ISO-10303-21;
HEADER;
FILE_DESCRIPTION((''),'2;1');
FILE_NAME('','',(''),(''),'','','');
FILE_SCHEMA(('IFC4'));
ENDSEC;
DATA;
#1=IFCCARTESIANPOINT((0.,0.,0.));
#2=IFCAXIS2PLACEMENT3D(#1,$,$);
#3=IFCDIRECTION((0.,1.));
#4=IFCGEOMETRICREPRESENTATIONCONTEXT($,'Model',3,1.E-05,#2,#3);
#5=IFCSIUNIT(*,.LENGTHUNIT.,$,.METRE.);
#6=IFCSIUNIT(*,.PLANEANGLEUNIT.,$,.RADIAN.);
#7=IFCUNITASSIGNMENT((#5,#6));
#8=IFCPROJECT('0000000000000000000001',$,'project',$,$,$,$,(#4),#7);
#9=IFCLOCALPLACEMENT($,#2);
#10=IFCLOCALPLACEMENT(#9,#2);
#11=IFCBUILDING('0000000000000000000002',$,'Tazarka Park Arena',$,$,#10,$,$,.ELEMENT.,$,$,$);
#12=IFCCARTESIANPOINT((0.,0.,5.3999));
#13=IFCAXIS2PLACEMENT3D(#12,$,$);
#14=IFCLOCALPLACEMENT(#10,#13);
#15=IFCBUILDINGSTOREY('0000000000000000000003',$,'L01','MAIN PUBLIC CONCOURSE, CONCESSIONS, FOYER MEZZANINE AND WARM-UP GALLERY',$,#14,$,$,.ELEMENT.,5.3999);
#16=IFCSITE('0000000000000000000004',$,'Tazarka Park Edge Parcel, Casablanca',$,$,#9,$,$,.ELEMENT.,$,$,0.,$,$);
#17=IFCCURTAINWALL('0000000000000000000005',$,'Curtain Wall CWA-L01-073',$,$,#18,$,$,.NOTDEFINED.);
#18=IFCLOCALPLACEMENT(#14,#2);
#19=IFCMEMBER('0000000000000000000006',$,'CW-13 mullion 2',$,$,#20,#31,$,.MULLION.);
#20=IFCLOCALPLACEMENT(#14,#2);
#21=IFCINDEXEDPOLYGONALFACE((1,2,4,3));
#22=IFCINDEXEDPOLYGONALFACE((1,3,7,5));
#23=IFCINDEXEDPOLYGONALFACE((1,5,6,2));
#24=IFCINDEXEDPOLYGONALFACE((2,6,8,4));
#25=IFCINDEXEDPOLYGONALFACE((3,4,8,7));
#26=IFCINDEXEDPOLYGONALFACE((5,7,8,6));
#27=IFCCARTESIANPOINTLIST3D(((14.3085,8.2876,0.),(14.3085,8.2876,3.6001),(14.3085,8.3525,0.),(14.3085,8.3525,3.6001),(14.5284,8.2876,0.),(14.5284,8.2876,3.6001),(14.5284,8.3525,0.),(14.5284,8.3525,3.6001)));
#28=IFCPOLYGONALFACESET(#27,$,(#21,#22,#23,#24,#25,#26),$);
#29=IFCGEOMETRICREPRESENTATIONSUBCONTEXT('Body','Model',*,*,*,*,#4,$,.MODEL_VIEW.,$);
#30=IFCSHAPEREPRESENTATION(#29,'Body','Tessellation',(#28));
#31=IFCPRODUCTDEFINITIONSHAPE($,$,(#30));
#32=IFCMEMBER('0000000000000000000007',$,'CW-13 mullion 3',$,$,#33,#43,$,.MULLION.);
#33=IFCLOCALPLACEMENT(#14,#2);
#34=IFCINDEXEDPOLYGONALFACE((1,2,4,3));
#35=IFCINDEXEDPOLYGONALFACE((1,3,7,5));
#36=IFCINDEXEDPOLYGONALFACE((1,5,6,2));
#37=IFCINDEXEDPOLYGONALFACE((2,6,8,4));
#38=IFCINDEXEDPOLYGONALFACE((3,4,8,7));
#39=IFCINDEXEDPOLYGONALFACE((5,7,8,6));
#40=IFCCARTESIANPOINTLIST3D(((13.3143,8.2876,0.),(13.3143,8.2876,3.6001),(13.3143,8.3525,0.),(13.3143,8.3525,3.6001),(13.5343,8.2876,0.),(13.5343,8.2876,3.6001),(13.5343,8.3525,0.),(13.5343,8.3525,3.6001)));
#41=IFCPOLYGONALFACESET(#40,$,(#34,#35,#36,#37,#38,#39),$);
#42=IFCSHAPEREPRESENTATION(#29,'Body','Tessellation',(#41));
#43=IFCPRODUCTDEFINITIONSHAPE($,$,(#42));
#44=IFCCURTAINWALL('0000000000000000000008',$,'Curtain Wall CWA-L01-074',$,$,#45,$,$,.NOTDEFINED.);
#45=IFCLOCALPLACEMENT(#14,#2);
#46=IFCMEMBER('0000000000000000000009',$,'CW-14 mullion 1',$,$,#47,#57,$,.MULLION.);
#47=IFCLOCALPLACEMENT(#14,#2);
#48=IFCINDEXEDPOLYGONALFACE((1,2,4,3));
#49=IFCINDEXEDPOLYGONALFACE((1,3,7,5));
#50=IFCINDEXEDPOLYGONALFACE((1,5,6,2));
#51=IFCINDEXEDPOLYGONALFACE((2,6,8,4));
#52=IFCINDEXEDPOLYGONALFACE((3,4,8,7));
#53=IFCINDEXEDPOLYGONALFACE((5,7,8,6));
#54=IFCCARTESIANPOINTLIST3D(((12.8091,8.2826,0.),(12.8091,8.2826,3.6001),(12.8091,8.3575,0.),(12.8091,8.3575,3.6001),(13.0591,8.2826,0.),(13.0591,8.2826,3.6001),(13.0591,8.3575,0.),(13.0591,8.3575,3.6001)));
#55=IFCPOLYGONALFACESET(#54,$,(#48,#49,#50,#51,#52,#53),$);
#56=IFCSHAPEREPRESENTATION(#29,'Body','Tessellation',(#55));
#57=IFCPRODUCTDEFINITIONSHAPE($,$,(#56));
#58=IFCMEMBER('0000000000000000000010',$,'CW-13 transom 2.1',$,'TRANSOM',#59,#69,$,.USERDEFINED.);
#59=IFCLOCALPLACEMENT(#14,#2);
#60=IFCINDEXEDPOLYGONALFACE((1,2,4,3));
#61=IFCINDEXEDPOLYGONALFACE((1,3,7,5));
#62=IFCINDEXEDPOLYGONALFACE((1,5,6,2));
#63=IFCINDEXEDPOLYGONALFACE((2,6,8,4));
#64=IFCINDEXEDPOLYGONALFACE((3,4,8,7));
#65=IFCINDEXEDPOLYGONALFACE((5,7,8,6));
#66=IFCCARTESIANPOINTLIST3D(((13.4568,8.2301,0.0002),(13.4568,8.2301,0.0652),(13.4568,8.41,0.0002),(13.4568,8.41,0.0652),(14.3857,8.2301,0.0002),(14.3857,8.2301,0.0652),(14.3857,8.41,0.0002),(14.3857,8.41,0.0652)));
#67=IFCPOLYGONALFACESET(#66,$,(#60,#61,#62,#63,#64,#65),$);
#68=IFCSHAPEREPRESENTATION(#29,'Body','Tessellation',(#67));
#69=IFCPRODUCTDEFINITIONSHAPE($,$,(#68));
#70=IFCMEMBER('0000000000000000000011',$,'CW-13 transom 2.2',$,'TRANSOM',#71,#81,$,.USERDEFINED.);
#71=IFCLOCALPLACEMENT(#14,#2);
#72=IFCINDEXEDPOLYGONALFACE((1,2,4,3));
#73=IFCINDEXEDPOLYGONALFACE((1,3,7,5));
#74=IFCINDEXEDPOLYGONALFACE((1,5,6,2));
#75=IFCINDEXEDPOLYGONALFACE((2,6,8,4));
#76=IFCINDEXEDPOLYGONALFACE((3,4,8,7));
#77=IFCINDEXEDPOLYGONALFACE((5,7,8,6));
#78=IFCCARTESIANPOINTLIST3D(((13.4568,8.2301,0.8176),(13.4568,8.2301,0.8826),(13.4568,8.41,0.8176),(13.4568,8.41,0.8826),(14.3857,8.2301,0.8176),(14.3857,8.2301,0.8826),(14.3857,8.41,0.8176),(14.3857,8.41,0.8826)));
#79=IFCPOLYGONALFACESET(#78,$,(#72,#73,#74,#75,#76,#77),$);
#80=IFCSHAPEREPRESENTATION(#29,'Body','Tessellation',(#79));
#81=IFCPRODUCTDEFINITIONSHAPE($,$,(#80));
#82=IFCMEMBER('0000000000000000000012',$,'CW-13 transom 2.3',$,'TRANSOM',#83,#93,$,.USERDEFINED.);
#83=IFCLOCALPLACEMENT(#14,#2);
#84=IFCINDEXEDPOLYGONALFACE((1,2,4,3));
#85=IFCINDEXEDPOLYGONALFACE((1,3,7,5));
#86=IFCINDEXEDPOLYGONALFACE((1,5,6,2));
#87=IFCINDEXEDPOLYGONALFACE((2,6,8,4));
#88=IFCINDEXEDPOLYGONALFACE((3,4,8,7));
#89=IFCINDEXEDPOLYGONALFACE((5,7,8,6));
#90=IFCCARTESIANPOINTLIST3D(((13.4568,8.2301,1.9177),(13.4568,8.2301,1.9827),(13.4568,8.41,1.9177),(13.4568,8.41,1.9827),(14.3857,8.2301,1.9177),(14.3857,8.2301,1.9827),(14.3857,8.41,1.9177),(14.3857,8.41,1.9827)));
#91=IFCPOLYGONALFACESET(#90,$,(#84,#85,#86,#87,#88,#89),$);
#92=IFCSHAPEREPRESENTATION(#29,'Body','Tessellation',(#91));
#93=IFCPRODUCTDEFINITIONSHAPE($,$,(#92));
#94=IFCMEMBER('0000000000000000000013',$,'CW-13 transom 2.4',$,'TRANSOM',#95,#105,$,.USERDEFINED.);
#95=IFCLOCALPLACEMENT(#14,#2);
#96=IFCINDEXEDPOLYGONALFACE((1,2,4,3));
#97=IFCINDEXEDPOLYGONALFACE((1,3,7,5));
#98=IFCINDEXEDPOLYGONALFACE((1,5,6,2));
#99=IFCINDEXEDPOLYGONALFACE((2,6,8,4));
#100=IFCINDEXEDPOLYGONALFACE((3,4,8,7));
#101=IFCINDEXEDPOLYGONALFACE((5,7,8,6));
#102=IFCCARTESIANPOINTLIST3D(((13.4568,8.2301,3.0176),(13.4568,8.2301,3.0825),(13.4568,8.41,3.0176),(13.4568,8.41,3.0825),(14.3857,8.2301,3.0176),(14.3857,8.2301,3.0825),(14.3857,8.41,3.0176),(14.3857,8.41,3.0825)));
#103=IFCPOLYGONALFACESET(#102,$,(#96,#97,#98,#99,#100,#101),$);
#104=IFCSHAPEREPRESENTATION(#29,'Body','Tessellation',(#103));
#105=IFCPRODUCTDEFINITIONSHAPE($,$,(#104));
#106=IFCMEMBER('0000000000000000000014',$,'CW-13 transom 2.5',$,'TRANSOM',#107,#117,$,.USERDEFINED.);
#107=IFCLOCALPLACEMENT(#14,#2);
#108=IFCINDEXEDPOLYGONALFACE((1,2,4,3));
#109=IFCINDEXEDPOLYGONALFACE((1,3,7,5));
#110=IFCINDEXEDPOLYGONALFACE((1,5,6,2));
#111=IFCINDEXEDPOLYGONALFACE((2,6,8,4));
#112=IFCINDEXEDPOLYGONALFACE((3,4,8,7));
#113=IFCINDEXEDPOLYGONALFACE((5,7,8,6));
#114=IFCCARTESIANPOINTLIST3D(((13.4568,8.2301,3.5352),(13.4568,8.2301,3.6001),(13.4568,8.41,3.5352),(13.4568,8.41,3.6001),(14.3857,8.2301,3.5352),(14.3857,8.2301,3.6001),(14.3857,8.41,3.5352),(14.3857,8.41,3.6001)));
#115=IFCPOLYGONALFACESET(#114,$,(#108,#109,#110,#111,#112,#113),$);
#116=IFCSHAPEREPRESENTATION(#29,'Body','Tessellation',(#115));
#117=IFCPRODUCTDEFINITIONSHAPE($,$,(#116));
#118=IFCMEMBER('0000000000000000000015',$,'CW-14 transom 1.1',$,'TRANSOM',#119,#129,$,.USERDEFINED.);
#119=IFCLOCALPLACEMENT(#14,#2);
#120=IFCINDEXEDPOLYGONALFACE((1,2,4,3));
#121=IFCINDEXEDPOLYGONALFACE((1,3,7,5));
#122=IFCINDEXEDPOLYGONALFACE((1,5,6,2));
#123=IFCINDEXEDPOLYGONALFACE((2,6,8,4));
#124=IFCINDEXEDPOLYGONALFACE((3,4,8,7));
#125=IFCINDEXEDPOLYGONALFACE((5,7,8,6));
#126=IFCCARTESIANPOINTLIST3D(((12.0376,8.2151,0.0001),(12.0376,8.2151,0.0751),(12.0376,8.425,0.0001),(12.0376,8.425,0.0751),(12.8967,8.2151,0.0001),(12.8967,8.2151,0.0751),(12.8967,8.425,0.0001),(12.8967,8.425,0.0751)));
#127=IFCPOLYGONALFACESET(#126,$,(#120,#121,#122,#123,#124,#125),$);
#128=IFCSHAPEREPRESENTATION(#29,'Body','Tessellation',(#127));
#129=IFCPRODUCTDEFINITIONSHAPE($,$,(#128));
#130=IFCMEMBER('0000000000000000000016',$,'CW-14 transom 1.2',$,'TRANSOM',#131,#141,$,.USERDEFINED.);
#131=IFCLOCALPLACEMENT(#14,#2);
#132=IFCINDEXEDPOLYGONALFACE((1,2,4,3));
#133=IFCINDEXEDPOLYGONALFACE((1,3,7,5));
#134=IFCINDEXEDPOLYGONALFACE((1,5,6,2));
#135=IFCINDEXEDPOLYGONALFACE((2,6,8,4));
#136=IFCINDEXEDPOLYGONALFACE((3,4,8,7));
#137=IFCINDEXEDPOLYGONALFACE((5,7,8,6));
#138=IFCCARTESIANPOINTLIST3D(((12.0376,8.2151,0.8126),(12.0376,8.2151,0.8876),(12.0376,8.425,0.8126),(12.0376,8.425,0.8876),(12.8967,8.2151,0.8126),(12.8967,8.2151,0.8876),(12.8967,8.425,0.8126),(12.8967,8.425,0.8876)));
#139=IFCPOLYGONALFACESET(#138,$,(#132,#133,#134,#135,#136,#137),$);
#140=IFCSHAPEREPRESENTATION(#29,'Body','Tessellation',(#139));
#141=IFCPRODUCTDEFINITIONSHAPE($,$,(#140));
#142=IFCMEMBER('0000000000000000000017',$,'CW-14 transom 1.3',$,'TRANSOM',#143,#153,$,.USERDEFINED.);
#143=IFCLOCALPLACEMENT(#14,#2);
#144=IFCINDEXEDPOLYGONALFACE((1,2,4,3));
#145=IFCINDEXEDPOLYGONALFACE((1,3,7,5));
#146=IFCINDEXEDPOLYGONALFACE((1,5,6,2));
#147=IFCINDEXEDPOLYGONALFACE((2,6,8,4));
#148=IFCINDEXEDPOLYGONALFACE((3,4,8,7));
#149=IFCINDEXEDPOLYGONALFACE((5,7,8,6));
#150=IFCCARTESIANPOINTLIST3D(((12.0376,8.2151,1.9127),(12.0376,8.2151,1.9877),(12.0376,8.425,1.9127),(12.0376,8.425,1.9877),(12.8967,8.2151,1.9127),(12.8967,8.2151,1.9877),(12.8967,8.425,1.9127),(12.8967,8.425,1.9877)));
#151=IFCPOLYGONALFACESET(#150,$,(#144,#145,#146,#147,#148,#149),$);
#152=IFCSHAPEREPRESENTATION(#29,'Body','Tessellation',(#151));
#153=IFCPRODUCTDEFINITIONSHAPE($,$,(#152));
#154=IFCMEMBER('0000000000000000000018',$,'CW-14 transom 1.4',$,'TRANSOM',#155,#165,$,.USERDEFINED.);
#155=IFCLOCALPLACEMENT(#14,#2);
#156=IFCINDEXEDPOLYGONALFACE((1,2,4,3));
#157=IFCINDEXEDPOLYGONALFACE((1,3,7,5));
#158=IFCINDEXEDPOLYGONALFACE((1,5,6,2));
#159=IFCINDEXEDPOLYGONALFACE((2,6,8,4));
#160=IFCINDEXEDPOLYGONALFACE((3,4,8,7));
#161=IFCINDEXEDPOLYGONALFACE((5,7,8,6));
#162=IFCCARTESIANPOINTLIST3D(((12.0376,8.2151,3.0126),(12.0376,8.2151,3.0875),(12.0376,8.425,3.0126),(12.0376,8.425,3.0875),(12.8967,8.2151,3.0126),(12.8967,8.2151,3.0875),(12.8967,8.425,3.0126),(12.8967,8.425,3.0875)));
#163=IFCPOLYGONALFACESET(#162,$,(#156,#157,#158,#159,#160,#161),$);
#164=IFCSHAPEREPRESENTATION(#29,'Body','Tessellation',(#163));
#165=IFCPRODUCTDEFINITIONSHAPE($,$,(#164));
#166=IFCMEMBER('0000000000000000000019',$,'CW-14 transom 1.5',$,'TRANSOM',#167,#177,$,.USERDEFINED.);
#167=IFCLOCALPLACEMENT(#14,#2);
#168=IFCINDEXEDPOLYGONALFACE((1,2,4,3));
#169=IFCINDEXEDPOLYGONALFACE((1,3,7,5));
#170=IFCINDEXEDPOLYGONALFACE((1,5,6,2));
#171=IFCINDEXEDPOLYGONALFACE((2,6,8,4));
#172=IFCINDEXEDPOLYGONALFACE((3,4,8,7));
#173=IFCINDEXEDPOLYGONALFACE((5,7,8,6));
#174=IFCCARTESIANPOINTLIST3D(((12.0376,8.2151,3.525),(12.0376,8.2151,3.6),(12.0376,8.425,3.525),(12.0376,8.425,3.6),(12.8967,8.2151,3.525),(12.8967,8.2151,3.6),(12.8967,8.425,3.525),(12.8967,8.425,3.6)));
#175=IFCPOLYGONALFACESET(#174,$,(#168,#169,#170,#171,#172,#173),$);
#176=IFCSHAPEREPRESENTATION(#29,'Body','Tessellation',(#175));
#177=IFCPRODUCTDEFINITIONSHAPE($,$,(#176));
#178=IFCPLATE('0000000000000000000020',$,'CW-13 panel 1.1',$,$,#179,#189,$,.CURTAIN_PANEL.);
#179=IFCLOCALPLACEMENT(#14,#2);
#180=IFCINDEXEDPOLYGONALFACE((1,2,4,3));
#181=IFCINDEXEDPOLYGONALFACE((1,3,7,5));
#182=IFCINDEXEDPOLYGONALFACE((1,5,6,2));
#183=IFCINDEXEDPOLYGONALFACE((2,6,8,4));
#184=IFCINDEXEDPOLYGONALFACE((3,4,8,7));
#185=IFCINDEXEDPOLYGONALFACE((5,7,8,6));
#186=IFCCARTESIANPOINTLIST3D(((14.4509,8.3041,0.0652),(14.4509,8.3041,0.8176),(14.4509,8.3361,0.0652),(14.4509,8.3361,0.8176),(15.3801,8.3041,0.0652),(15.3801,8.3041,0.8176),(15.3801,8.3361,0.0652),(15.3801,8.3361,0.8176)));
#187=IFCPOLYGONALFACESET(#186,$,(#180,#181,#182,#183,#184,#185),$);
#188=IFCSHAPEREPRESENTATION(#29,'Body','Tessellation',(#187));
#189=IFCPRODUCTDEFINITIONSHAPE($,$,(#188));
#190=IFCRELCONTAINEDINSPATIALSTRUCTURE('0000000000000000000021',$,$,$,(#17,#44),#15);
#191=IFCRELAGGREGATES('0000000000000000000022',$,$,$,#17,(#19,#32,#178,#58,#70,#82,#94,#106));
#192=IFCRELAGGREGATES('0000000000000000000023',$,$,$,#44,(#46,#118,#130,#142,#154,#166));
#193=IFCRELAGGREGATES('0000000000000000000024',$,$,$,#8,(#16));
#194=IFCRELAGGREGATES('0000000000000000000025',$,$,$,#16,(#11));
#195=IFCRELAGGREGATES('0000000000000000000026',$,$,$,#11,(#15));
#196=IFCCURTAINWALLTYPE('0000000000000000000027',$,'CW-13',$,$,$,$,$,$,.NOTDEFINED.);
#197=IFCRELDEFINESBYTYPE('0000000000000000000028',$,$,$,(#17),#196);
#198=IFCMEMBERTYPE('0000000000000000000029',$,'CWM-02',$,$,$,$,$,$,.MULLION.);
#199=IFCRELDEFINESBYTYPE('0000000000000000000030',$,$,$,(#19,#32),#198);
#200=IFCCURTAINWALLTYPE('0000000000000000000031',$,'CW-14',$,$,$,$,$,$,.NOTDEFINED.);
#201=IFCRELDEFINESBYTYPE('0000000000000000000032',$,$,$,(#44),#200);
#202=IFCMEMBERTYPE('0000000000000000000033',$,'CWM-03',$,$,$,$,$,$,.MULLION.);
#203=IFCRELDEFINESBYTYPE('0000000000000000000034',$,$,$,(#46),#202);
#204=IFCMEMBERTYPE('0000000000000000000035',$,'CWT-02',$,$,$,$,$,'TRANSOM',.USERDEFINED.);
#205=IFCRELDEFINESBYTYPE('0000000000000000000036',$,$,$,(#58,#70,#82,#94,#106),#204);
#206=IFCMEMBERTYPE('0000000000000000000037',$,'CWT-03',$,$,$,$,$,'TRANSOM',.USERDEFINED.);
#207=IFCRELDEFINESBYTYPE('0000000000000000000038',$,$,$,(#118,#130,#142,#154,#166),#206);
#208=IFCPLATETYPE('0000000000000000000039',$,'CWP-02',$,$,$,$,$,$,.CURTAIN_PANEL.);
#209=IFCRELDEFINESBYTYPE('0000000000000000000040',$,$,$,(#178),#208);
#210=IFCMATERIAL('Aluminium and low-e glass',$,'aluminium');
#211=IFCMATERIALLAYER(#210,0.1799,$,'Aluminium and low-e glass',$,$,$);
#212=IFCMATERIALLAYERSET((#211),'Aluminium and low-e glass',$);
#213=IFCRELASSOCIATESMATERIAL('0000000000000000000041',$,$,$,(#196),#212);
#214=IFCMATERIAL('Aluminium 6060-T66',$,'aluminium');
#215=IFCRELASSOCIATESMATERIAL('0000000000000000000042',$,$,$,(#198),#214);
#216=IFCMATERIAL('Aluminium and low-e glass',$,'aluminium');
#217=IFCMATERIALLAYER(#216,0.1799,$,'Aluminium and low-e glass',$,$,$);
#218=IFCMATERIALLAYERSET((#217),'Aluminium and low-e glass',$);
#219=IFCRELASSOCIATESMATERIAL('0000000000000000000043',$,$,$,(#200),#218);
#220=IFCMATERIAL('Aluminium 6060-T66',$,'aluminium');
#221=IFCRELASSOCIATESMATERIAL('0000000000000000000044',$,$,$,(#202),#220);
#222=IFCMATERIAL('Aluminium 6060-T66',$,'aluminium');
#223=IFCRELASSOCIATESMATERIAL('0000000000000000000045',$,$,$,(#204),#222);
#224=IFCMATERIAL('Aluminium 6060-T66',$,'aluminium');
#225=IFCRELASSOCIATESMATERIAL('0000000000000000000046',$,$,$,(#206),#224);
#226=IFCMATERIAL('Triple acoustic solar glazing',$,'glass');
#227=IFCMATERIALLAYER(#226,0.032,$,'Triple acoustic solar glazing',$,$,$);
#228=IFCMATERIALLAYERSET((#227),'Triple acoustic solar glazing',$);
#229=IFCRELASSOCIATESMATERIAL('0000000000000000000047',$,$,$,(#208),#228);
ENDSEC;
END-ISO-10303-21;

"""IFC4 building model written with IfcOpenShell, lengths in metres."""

from ifc_helpers import new_model, si_unit, direction, frame, origin, origin_2d, place, context, subcontext, project, spatial, rectangle, extrude, material, layer, layer_set, material_profile, profile_set, type_object, element, aggregate, save


model = new_model("IFC4")

# Units and contexts
model_context = context("Model", 3, precision=1e-05, world=origin(), true_north=direction((0.0, 1.0)))
body_context = subcontext(model_context, "Body", "Model", "MODEL_VIEW")
ifc_project = project(units=[si_unit("LENGTHUNIT", "METRE"), si_unit("PLANEANGLEUNIT", "RADIAN")], contexts=[model_context])

# Site, building, storey
site_placement = place(None, origin())
site = spatial("IfcSite", under=ifc_project, at=site_placement, Name="Tazarka Park Edge Parcel, Casablanca", CompositionType="ELEMENT", RefElevation=0.0)
building_placement = place(site_placement, origin())
building = spatial("IfcBuilding", under=site, at=building_placement, Name="Tazarka Park Arena", CompositionType="ELEMENT")
storey_placement = place(building_placement, frame((0.0, 0.0, 5.3999)))
storey = spatial("IfcBuildingStorey", under=building, at=storey_placement, Name="L01", Description="MAIN PUBLIC CONCOURSE, CONCESSIONS, FOYER MEZZANINE AND WARM-UP GALLERY", CompositionType="ELEMENT", Elevation=5.3999)

# Curtain wall, members
ifc_material_1 = material(Name="Aluminium and low-e glass", Category="aluminium")
ifc_layer_1 = layer(ifc_material_1, 0.1799, Name="Aluminium and low-e glass")
ifc_layer_set_1 = layer_set([ifc_layer_1], Name="Aluminium and low-e glass")
curtain_wall_type_1 = type_object("IfcCurtainWallType", Name="CW-13", PredefinedType="NOTDEFINED", material=ifc_layer_set_1)
curtain_wall_1_placement = place(storey_placement, origin())
curtain_wall_1 = element("IfcCurtainWall", 1, at=curtain_wall_1_placement, inside=storey, type_object=curtain_wall_type_1, Name="Curtain Wall CWA-L01-073", PredefinedType="NOTDEFINED")
ifc_material_2 = material(Name="Aluminium 6060-T66", Category="aluminium")
ifc_material_profile_1 = material_profile(ifc_material_2, rectangle(XDim=0.0649, YDim=0.22, at=origin_2d()), Name="Aluminium 6060-T66")
ifc_profile_set_1 = profile_set([ifc_material_profile_1], Name="Aluminium 6060-T66")
member_type_1 = type_object("IfcMemberType", Name="CWM-02", PredefinedType="MULLION", material=ifc_profile_set_1)
member_1_placement = place(storey_placement, frame((14.4185, 8.3201, 0.0), z_axis=(0.0, 0.0, 1.0), x_axis=(0.0, -1.0, 0.0)))
member_1 = element("IfcMember", 2, at=member_1_placement, type_object=member_type_1, Name="CW-13 mullion 2", PredefinedType="MULLION", context=body_context, shape_type="SweptSolid", body=[
    extrude(rectangle(XDim=0.0649, YDim=0.22, at=origin_2d()), origin(), (0.0, 0.0, 1.0), 3.6001),
])
member_2_placement = place(storey_placement, frame((13.4243, 8.3201, 0.0), z_axis=(0.0, 0.0, 1.0), x_axis=(0.0, -1.0, 0.0)))
member_2 = element("IfcMember", 3, at=member_2_placement, type_object=member_type_1, Name="CW-13 mullion 3", PredefinedType="MULLION", context=body_context, shape_type="SweptSolid", body=[
    extrude(rectangle(XDim=0.0649, YDim=0.22, at=origin_2d()), origin(), (0.0, 0.0, 1.0), 3.6001),
])

# Curtain wall, member
ifc_material_3 = material(Name="Aluminium and low-e glass", Category="aluminium")
ifc_layer_2 = layer(ifc_material_3, 0.1799, Name="Aluminium and low-e glass")
ifc_layer_set_2 = layer_set([ifc_layer_2], Name="Aluminium and low-e glass")
curtain_wall_type_2 = type_object("IfcCurtainWallType", Name="CW-14", PredefinedType="NOTDEFINED", material=ifc_layer_set_2)
curtain_wall_2_placement = place(storey_placement, origin())
curtain_wall_2 = element("IfcCurtainWall", 4, at=curtain_wall_2_placement, inside=storey, type_object=curtain_wall_type_2, Name="Curtain Wall CWA-L01-074", PredefinedType="NOTDEFINED")
ifc_material_4 = material(Name="Aluminium 6060-T66", Category="aluminium")
ifc_material_profile_2 = material_profile(ifc_material_4, rectangle(XDim=0.075, YDim=0.25, at=origin_2d()), Name="Aluminium 6060-T66")
ifc_profile_set_2 = profile_set([ifc_material_profile_2], Name="Aluminium 6060-T66")
member_type_2 = type_object("IfcMemberType", Name="CWM-03", PredefinedType="MULLION", material=ifc_profile_set_2)
member_3_placement = place(storey_placement, frame((12.9341, 8.3201, 0.0), z_axis=(0.0, 0.0, 1.0), x_axis=(0.0, -1.0, 0.0)))
member_3 = element("IfcMember", 5, at=member_3_placement, type_object=member_type_2, Name="CW-14 mullion 1", PredefinedType="MULLION", context=body_context, shape_type="SweptSolid", body=[
    extrude(rectangle(XDim=0.075, YDim=0.25, at=origin_2d()), origin(), (0.0, 0.0, 1.0), 3.6001),
])

# Members
ifc_material_5 = material(Name="Aluminium 6060-T66", Category="aluminium")
ifc_material_profile_3 = material_profile(ifc_material_5, rectangle(XDim=0.1799, YDim=0.0649, at=origin_2d()), Name="Aluminium 6060-T66")
ifc_profile_set_3 = profile_set([ifc_material_profile_3], Name="Aluminium 6060-T66")
member_type_3 = type_object("IfcMemberType", Name="CWT-02", ElementType="TRANSOM", PredefinedType="USERDEFINED", material=ifc_profile_set_3)
member_4_placement = place(storey_placement, frame((14.3857, 8.3201, 0.0327), z_axis=(-1.0, 0.0, 0.0), x_axis=(0.0, -1.0, 0.0)))
member_4 = element("IfcMember", 6, at=member_4_placement, type_object=member_type_3, Name="CW-13 transom 2.1", ObjectType="TRANSOM", PredefinedType="USERDEFINED", context=body_context, shape_type="SweptSolid", body=[
    extrude(rectangle(XDim=0.1799, YDim=0.0649, at=origin_2d()), origin(), (0.0, 0.0, 1.0), 0.929),
])
member_5_placement = place(storey_placement, frame((14.3857, 8.3201, 0.8501), z_axis=(-1.0, 0.0, 0.0), x_axis=(0.0, -1.0, 0.0)))
member_5 = element("IfcMember", 7, at=member_5_placement, type_object=member_type_3, Name="CW-13 transom 2.2", ObjectType="TRANSOM", PredefinedType="USERDEFINED", context=body_context, shape_type="SweptSolid", body=[
    extrude(rectangle(XDim=0.1799, YDim=0.0649, at=origin_2d()), origin(), (0.0, 0.0, 1.0), 0.929),
])
member_6_placement = place(storey_placement, frame((14.3857, 8.3201, 1.9502), z_axis=(-1.0, 0.0, 0.0), x_axis=(0.0, -1.0, 0.0)))
member_6 = element("IfcMember", 8, at=member_6_placement, type_object=member_type_3, Name="CW-13 transom 2.3", ObjectType="TRANSOM", PredefinedType="USERDEFINED", context=body_context, shape_type="SweptSolid", body=[
    extrude(rectangle(XDim=0.1799, YDim=0.0649, at=origin_2d()), origin(), (0.0, 0.0, 1.0), 0.929),
])
member_7_placement = place(storey_placement, frame((14.3857, 8.3201, 3.05), z_axis=(-1.0, 0.0, 0.0), x_axis=(0.0, -1.0, 0.0)))
member_7 = element("IfcMember", 9, at=member_7_placement, type_object=member_type_3, Name="CW-13 transom 2.4", ObjectType="TRANSOM", PredefinedType="USERDEFINED", context=body_context, shape_type="SweptSolid", body=[
    extrude(rectangle(XDim=0.1799, YDim=0.0649, at=origin_2d()), origin(), (0.0, 0.0, 1.0), 0.929),
])
member_8_placement = place(storey_placement, frame((14.3857, 8.3201, 3.5676), z_axis=(-1.0, 0.0, 0.0), x_axis=(0.0, -1.0, 0.0)))
member_8 = element("IfcMember", 10, at=member_8_placement, type_object=member_type_3, Name="CW-13 transom 2.5", ObjectType="TRANSOM", PredefinedType="USERDEFINED", context=body_context, shape_type="SweptSolid", body=[
    extrude(rectangle(XDim=0.1799, YDim=0.0649, at=origin_2d()), origin(), (0.0, 0.0, 1.0), 0.929),
])
ifc_material_6 = material(Name="Aluminium 6060-T66", Category="aluminium")
ifc_material_profile_4 = material_profile(ifc_material_6, rectangle(XDim=0.21, YDim=0.075, at=origin_2d()), Name="Aluminium 6060-T66")
ifc_profile_set_4 = profile_set([ifc_material_profile_4], Name="Aluminium 6060-T66")
member_type_4 = type_object("IfcMemberType", Name="CWT-03", ElementType="TRANSOM", PredefinedType="USERDEFINED", material=ifc_profile_set_4)
member_9_placement = place(storey_placement, frame((12.8967, 8.3201, 0.0376), z_axis=(-1.0, 0.0, 0.0), x_axis=(0.0, -1.0, 0.0)))
member_9 = element("IfcMember", 11, at=member_9_placement, type_object=member_type_4, Name="CW-14 transom 1.1", ObjectType="TRANSOM", PredefinedType="USERDEFINED", context=body_context, shape_type="SweptSolid", body=[
    extrude(rectangle(XDim=0.21, YDim=0.075, at=origin_2d()), origin(), (0.0, 0.0, 1.0), 0.8591),
])
member_10_placement = place(storey_placement, frame((12.8967, 8.3201, 0.8501), z_axis=(-1.0, 0.0, 0.0), x_axis=(0.0, -1.0, 0.0)))
member_10 = element("IfcMember", 12, at=member_10_placement, type_object=member_type_4, Name="CW-14 transom 1.2", ObjectType="TRANSOM", PredefinedType="USERDEFINED", context=body_context, shape_type="SweptSolid", body=[
    extrude(rectangle(XDim=0.21, YDim=0.075, at=origin_2d()), origin(), (0.0, 0.0, 1.0), 0.8591),
])
member_11_placement = place(storey_placement, frame((12.8967, 8.3201, 1.9502), z_axis=(-1.0, 0.0, 0.0), x_axis=(0.0, -1.0, 0.0)))
member_11 = element("IfcMember", 13, at=member_11_placement, type_object=member_type_4, Name="CW-14 transom 1.3", ObjectType="TRANSOM", PredefinedType="USERDEFINED", context=body_context, shape_type="SweptSolid", body=[
    extrude(rectangle(XDim=0.21, YDim=0.075, at=origin_2d()), origin(), (0.0, 0.0, 1.0), 0.8591),
])
member_12_placement = place(storey_placement, frame((12.8967, 8.3201, 3.05), z_axis=(-1.0, 0.0, 0.0), x_axis=(0.0, -1.0, 0.0)))
member_12 = element("IfcMember", 14, at=member_12_placement, type_object=member_type_4, Name="CW-14 transom 1.4", ObjectType="TRANSOM", PredefinedType="USERDEFINED", context=body_context, shape_type="SweptSolid", body=[
    extrude(rectangle(XDim=0.21, YDim=0.075, at=origin_2d()), origin(), (0.0, 0.0, 1.0), 0.8591),
])
member_13_placement = place(storey_placement, frame((12.8967, 8.3201, 3.5625), z_axis=(-1.0, 0.0, 0.0), x_axis=(0.0, -1.0, 0.0)))
member_13 = element("IfcMember", 15, at=member_13_placement, type_object=member_type_4, Name="CW-14 transom 1.5", ObjectType="TRANSOM", PredefinedType="USERDEFINED", context=body_context, shape_type="SweptSolid", body=[
    extrude(rectangle(XDim=0.21, YDim=0.075, at=origin_2d()), origin(), (0.0, 0.0, 1.0), 0.8591),
])

# Plate
ifc_material_7 = material(Name="Triple acoustic solar glazing", Category="glass")
ifc_layer_3 = layer(ifc_material_7, 0.032, Name="Triple acoustic solar glazing")
ifc_layer_set_3 = layer_set([ifc_layer_3], Name="Triple acoustic solar glazing")
plate_type_1 = type_object("IfcPlateType", Name="CWP-02", PredefinedType="CURTAIN_PANEL", material=ifc_layer_set_3)
plate_1_placement = place(storey_placement, frame((14.9155, 8.3201, 0.0652), z_axis=(0.0, 0.0, 1.0), x_axis=(-1.0, 0.0, 0.0)))
plate_1 = element("IfcPlate", 16, at=plate_1_placement, type_object=plate_type_1, Name="CW-13 panel 1.1", PredefinedType="CURTAIN_PANEL", context=body_context, shape_type="SweptSolid", body=[
    extrude(rectangle(XDim=0.9292, YDim=0.032, at=origin_2d()), origin(), (0.0, 0.0, 1.0), 0.7524),
])
aggregate(curtain_wall_1, [member_1, member_2, plate_1, member_4, member_5, member_6, member_7, member_8])
aggregate(curtain_wall_2, [member_3, member_9, member_10, member_11, member_12, member_13])

save(model, "model.ifc")
